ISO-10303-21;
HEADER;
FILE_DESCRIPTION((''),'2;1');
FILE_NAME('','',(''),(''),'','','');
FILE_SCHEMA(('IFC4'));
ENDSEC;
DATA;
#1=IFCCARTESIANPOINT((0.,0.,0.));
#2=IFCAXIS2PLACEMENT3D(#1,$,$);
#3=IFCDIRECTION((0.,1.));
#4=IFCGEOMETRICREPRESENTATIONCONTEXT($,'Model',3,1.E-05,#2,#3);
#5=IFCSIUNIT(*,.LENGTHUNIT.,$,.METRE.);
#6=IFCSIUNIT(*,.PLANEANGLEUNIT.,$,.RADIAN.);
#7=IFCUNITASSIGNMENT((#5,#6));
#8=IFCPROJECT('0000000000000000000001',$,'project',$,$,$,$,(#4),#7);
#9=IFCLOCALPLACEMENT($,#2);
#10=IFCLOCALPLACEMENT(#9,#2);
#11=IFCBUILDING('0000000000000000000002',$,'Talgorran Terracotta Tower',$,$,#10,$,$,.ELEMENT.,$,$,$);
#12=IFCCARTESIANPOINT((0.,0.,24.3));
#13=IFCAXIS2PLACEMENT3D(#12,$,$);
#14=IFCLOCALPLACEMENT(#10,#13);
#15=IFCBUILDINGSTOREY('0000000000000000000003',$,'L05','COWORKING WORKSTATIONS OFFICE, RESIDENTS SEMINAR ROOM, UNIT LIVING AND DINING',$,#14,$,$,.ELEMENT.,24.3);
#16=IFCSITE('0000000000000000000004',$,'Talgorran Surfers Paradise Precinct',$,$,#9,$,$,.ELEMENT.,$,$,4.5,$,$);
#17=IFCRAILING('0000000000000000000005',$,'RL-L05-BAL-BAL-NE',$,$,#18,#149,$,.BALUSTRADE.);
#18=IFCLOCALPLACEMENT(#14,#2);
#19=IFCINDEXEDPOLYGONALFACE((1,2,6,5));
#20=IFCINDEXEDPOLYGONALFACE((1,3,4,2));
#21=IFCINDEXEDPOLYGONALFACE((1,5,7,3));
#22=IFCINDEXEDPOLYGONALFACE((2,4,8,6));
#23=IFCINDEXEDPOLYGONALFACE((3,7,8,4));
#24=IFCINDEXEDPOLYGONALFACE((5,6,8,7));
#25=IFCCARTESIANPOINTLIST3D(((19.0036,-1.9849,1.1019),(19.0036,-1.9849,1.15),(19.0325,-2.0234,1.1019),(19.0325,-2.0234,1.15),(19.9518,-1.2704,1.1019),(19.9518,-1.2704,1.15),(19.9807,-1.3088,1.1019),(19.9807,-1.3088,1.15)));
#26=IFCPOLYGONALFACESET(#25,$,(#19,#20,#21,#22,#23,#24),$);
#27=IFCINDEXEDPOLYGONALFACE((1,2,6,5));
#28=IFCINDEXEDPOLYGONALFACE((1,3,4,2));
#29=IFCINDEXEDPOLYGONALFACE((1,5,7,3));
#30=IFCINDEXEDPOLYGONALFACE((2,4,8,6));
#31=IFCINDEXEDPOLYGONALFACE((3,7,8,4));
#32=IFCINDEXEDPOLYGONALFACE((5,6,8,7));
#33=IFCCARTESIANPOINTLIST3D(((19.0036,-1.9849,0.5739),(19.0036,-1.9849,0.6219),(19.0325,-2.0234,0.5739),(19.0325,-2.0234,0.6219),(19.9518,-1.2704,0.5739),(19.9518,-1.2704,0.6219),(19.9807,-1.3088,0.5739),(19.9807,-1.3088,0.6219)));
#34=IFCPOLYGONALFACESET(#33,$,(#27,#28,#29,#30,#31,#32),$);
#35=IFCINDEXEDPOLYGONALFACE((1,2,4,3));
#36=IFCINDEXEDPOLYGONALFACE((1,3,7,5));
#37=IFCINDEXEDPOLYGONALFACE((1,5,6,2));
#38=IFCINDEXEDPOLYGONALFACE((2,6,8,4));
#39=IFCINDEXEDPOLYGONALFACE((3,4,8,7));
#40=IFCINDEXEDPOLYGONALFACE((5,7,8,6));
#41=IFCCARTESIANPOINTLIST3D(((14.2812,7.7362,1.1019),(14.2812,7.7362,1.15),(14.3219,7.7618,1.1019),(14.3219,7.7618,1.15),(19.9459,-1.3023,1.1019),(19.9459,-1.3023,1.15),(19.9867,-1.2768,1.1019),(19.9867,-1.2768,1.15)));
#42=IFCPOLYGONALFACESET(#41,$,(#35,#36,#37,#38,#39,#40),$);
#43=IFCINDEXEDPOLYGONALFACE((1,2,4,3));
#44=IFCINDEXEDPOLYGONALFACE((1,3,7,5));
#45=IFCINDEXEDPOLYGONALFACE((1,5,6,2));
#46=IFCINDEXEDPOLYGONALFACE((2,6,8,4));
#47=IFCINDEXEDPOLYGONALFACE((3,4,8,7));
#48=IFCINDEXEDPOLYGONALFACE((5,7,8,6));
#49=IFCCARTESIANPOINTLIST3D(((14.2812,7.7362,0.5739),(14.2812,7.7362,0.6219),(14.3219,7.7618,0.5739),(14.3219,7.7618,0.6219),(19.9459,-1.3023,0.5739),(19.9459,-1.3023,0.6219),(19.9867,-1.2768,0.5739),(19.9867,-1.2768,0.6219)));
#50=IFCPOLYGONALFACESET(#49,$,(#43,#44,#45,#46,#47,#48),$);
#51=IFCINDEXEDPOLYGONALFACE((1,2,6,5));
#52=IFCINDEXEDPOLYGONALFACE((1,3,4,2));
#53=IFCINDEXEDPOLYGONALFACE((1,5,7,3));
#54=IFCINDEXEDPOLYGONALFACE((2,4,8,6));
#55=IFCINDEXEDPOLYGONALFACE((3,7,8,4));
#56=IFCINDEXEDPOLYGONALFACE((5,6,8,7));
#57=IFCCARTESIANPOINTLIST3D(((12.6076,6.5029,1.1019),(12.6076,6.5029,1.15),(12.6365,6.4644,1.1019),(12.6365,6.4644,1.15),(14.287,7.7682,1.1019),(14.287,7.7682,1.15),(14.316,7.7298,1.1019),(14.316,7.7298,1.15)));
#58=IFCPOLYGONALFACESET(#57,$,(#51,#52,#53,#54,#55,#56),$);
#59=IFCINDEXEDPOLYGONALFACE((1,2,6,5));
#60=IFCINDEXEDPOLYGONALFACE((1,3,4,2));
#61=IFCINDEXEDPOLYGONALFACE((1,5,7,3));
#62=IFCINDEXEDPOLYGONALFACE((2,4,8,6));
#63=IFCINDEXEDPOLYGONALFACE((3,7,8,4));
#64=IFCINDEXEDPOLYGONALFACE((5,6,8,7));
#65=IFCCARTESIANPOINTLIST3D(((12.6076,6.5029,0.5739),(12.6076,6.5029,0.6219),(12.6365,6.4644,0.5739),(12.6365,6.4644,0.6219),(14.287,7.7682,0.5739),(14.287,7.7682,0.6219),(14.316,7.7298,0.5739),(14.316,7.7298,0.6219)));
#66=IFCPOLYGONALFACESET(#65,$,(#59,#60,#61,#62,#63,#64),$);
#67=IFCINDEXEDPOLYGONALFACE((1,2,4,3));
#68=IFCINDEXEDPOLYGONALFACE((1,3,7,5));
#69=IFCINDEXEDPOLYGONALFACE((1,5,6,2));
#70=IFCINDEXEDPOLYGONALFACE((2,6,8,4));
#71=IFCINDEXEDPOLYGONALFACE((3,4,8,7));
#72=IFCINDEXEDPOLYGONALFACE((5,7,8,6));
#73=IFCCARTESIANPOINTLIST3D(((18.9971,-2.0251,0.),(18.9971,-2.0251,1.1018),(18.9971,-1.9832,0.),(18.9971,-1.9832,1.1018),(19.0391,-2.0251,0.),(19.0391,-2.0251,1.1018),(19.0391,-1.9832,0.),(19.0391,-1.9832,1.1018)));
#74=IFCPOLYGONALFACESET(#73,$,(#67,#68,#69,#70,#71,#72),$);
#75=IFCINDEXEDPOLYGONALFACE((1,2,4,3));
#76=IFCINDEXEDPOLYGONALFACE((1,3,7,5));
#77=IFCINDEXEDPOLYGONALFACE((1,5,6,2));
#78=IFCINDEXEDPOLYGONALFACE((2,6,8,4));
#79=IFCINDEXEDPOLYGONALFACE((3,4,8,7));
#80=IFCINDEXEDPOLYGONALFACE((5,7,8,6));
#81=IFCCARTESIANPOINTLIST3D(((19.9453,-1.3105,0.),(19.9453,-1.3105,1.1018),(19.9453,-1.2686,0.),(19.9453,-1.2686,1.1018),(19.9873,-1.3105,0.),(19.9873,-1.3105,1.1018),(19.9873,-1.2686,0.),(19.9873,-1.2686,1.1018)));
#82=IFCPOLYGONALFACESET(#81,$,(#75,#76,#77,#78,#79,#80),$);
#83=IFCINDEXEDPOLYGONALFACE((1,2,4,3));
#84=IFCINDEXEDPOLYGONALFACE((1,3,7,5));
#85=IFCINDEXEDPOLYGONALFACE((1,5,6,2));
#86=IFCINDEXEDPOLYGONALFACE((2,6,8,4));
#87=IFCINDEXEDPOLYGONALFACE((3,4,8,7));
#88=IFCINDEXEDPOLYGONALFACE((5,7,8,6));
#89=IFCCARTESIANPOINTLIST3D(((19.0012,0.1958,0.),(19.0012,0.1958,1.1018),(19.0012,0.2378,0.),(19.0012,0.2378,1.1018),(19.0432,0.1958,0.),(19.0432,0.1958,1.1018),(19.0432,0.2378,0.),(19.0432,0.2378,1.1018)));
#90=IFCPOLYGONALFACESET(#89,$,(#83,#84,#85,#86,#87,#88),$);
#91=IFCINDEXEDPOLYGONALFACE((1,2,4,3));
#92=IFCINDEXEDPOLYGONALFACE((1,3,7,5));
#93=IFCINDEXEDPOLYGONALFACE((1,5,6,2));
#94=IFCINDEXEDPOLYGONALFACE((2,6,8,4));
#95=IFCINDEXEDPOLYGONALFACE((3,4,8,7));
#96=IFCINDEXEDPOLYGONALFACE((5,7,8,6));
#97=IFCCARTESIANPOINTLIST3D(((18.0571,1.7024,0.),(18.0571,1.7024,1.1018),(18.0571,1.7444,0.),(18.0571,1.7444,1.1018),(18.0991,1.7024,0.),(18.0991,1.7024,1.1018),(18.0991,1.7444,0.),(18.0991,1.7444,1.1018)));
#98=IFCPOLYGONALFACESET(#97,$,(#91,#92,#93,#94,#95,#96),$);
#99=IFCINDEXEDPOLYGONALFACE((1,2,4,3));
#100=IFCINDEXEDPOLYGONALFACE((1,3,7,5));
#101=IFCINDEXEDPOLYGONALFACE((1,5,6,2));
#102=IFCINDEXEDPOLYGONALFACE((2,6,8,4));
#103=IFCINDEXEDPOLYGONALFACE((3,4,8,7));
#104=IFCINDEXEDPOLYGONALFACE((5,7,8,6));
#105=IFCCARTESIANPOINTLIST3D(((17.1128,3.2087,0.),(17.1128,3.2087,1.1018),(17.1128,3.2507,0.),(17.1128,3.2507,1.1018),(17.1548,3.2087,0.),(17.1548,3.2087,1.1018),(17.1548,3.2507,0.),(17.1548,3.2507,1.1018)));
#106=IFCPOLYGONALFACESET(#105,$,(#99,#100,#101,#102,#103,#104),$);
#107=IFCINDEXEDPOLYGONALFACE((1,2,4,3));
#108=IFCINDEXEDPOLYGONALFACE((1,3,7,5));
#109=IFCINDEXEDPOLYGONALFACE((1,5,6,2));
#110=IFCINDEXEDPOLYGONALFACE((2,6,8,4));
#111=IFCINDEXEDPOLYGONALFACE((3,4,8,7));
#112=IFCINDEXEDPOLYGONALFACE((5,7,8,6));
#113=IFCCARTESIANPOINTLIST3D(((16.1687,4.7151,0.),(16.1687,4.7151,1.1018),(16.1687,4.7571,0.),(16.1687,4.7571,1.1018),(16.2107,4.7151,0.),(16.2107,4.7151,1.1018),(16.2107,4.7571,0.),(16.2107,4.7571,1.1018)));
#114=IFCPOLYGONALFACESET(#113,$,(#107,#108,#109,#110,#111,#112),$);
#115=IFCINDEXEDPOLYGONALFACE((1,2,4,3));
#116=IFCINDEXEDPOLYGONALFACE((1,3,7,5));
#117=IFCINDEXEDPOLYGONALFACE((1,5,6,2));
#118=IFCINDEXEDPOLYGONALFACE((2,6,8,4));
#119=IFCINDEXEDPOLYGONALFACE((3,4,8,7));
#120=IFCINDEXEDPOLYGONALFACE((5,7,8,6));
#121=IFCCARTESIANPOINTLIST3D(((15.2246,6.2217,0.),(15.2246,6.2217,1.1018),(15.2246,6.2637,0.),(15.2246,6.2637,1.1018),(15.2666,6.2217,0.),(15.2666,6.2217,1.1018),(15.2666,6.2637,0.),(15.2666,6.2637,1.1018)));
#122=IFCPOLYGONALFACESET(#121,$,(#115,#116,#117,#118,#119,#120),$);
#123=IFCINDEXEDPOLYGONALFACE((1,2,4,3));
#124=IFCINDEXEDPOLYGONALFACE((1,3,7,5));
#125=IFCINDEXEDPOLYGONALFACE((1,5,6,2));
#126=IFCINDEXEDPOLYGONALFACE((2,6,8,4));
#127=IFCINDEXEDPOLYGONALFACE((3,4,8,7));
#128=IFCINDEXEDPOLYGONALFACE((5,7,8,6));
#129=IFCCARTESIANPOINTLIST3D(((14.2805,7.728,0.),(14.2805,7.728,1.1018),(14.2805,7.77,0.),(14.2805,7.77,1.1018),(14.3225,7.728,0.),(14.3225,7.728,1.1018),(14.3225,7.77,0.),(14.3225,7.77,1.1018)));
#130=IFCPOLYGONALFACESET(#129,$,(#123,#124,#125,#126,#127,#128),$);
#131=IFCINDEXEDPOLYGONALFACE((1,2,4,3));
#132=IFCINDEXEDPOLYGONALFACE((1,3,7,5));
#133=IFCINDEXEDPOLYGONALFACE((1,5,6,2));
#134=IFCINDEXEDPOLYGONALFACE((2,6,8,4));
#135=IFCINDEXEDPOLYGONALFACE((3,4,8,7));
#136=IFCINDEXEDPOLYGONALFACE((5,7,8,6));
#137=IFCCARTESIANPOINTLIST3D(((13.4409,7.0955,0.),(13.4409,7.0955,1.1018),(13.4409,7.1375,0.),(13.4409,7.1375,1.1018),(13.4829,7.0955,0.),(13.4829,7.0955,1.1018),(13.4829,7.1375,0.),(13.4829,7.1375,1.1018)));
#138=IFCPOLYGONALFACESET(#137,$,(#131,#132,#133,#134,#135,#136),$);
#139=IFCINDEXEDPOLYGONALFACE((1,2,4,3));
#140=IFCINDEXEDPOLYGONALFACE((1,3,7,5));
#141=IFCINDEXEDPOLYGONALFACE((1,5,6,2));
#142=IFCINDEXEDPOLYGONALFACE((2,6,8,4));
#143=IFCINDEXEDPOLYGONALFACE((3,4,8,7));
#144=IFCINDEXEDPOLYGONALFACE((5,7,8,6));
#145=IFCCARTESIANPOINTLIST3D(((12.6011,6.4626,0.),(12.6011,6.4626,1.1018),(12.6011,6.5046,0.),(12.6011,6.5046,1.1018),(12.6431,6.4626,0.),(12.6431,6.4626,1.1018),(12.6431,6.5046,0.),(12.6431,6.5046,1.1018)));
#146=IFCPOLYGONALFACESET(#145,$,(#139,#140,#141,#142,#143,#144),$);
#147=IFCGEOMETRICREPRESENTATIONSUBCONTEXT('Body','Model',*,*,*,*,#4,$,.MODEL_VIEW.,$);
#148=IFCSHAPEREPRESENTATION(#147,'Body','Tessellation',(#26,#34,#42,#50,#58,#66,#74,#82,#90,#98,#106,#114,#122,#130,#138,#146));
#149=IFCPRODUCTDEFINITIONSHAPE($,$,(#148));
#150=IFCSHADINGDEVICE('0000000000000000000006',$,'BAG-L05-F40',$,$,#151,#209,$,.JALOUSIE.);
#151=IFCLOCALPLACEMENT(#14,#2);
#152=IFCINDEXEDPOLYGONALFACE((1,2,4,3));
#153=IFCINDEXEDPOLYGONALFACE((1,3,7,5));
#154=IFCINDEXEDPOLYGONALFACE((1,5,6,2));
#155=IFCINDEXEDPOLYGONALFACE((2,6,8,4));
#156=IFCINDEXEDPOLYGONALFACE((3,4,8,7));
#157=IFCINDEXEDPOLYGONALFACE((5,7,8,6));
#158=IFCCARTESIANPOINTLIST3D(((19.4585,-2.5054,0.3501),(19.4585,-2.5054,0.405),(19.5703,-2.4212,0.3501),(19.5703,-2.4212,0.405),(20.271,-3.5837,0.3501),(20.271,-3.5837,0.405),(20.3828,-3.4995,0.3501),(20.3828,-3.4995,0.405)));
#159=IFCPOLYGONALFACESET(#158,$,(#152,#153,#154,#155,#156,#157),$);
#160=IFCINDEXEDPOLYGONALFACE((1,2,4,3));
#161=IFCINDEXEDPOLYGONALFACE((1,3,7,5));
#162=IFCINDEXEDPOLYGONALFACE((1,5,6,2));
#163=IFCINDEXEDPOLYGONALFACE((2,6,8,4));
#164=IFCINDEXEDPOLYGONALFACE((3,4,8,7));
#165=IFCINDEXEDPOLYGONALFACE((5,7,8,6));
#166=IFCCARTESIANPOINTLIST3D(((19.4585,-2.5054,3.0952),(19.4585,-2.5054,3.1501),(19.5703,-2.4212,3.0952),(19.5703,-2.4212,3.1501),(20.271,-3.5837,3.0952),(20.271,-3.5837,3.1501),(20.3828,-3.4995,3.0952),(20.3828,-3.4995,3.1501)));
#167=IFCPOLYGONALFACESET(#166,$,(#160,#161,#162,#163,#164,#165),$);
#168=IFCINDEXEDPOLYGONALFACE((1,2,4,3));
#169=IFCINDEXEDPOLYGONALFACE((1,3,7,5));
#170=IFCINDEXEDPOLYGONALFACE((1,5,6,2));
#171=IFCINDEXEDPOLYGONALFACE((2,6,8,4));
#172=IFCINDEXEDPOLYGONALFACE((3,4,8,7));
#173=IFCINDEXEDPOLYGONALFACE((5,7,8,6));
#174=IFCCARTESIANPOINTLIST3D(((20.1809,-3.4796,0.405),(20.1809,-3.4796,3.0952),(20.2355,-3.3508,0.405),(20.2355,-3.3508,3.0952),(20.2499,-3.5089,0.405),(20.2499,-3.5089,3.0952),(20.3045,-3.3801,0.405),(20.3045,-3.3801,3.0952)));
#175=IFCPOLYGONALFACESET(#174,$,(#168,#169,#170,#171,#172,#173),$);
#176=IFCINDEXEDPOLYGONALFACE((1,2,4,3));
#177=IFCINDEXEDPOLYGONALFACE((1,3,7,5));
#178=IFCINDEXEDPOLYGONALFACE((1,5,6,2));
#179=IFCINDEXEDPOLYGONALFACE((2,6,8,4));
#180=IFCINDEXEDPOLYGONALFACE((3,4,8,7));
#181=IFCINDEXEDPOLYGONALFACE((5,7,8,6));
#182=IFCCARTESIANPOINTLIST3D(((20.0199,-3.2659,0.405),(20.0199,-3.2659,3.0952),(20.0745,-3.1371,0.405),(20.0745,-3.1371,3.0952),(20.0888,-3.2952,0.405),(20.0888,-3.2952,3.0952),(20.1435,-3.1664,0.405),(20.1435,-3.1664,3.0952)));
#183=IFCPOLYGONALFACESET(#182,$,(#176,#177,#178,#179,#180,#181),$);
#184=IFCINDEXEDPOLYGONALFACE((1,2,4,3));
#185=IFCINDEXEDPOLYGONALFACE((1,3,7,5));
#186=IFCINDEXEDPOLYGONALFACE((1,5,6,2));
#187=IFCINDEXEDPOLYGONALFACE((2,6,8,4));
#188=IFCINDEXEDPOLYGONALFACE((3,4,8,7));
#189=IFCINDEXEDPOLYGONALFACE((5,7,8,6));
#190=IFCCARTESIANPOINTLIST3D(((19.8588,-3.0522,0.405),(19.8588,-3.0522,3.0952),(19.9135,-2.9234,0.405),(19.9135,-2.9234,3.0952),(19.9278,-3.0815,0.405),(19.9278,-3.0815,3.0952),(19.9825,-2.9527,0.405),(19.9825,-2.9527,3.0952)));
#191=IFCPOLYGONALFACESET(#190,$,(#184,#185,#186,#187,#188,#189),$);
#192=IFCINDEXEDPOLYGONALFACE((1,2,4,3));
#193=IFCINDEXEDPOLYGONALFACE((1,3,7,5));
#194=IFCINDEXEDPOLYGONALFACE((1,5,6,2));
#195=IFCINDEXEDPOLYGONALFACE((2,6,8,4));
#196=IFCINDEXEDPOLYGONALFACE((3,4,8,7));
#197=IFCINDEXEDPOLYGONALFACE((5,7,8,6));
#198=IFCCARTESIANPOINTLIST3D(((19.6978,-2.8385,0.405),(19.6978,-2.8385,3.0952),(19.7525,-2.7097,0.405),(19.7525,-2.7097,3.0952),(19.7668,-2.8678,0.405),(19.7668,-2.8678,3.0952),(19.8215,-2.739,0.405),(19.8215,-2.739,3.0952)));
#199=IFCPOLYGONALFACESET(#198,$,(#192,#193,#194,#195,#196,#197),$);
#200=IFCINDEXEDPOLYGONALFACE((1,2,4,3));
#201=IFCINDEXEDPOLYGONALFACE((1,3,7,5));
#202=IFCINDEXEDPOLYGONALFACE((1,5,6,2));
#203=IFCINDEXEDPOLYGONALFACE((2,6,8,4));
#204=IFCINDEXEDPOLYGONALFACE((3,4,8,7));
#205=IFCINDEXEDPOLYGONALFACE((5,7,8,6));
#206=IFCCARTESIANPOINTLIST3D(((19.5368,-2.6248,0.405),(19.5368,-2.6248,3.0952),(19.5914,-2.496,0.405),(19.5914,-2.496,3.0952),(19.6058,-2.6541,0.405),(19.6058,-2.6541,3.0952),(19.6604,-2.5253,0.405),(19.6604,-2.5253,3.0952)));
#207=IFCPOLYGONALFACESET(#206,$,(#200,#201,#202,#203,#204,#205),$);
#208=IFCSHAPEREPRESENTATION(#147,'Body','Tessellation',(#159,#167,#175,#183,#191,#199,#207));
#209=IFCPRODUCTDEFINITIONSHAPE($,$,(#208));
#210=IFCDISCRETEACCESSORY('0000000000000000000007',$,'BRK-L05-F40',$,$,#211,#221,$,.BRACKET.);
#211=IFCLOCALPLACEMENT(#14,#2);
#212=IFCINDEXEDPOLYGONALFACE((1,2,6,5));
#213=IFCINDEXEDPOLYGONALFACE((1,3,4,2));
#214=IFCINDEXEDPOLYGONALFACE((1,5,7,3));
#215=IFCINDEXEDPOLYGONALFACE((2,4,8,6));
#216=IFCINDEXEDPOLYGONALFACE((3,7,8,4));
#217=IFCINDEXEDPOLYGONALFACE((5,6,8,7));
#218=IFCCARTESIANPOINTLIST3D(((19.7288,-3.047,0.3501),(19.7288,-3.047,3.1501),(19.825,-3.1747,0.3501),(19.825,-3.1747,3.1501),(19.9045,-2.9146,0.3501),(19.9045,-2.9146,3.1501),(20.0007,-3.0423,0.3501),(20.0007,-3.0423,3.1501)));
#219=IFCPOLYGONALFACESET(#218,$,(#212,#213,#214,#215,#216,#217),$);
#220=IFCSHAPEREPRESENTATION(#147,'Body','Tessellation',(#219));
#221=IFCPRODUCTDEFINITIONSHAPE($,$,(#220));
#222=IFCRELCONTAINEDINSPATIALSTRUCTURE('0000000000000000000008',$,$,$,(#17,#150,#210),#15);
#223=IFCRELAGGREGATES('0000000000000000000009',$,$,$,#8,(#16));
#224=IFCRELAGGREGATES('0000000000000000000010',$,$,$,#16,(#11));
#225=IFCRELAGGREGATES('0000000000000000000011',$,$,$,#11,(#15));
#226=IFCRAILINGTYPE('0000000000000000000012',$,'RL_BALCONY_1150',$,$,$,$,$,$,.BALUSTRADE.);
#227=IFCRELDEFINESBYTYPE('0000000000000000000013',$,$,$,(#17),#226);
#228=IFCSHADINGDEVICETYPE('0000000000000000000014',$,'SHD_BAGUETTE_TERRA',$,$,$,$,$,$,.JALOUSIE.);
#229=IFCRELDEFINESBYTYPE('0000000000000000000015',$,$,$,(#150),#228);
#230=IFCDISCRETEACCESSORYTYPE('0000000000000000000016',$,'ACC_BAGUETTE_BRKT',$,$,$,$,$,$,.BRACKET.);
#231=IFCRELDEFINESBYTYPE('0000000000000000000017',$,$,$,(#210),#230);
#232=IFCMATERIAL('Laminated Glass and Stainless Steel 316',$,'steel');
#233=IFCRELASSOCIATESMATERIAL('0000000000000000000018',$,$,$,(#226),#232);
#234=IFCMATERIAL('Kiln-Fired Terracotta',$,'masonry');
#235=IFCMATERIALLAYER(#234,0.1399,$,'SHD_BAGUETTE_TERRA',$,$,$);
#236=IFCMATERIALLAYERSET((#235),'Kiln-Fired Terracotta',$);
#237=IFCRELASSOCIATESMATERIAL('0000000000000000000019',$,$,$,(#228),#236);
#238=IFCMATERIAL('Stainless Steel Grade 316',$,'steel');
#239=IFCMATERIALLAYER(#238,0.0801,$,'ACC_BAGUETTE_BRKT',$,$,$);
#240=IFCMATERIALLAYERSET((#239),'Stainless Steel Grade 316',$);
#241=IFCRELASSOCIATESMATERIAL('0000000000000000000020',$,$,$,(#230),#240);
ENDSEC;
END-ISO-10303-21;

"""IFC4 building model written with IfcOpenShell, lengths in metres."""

from ifc_helpers import new_model, si_unit, direction, frame, origin, origin_2d, place, context, subcontext, project, spatial, rectangle, extrude, source, transform, mapped, material, layer, layer_set, type_object, type_shapes, element, save


model = new_model("IFC4")

# Units and contexts
model_context = context("Model", 3, precision=1e-05, world=origin(), true_north=direction((0.0, 1.0)))
body_context = subcontext(model_context, "Body", "Model", "MODEL_VIEW")
ifc_project = project(units=[si_unit("LENGTHUNIT", "METRE"), si_unit("PLANEANGLEUNIT", "RADIAN")], contexts=[model_context])

# Site, building, storey
site_placement = place(None, origin())
site = spatial("IfcSite", under=ifc_project, at=site_placement, Name="Talgorran Surfers Paradise Precinct", CompositionType="ELEMENT", RefElevation=4.5)
building_placement = place(site_placement, origin())
building = spatial("IfcBuilding", under=site, at=building_placement, Name="Talgorran Terracotta Tower", CompositionType="ELEMENT")
storey_placement = place(building_placement, frame((0.0, 0.0, 24.3)))
storey = spatial("IfcBuildingStorey", under=building, at=storey_placement, Name="L05", Description="COWORKING WORKSTATIONS OFFICE, RESIDENTS SEMINAR ROOM, UNIT LIVING AND DINING", CompositionType="ELEMENT", Elevation=24.3)

# Railing
ifc_material_1 = material(Name="Laminated Glass and Stainless Steel 316", Category="steel")
railing_type = type_object("IfcRailingType", Name="RL_BALCONY_1150", PredefinedType="BALUSTRADE", material=ifc_material_1)
railing_placement = place(storey_placement, frame((19.0181, -2.0042, 0.0)))
element("IfcRailing", 1, at=railing_placement, inside=storey, type_object=railing_type, Name="RL-L05-BAL-BAL-NE", PredefinedType="BALUSTRADE", context=body_context, shape_type="SweptSolid", body=[
    extrude(rectangle(XDim=0.0481, YDim=0.0481, at=origin_2d()), frame((0.0, 0.0, 1.126), z_axis=(0.798616, 0.601841, 0.0), x_axis=(-0.601841, 0.798616, 0.0)), (0.0, 0.0, 1.0), 1.1873),
    extrude(rectangle(XDim=0.0481, YDim=0.0481, at=origin_2d()), frame((0.0, 0.0, 0.5979), z_axis=(0.798616, 0.601841, 0.0), x_axis=(-0.601841, 0.798616, 0.0)), (0.0, 0.0, 1.0), 1.1873),
    extrude(rectangle(XDim=0.0481, YDim=0.0481, at=origin_2d()), frame((0.9482, 0.7146, 1.126), z_axis=(-0.531056, 0.847337, 0.0), x_axis=(-0.847337, -0.531056, 0.0)), (0.0, 0.0, 1.0), 10.667),
    extrude(rectangle(XDim=0.0481, YDim=0.0481, at=origin_2d()), frame((0.9482, 0.7146, 0.5979), z_axis=(-0.531056, 0.847337, 0.0), x_axis=(-0.847337, -0.531056, 0.0)), (0.0, 0.0, 1.0), 10.667),
    extrude(rectangle(XDim=0.0481, YDim=0.0481, at=origin_2d()), frame((-4.7166, 9.7532, 1.126), z_axis=(-0.798674, -0.601763, 0.0), x_axis=(0.601763, -0.798674, 0.0)), (0.0, 0.0, 1.0), 2.1028),
    extrude(rectangle(XDim=0.0481, YDim=0.0481, at=origin_2d()), frame((-4.7166, 9.7532, 0.5979), z_axis=(-0.798674, -0.601763, 0.0), x_axis=(0.601763, -0.798674, 0.0)), (0.0, 0.0, 1.0), 2.1028),
    extrude(rectangle(XDim=0.042, YDim=0.042, at=origin_2d()), origin(), (0.0, 0.0, 1.0), 1.1018),
    extrude(rectangle(XDim=0.042, YDim=0.042, at=origin_2d()), frame((0.9482, 0.7146, 0.0)), (0.0, 0.0, 1.0), 1.1018),
    extrude(rectangle(XDim=0.042, YDim=0.042, at=origin_2d()), frame((0.0042, 2.2209, 0.0)), (0.0, 0.0, 1.0), 1.1018),
    extrude(rectangle(XDim=0.042, YDim=0.042, at=origin_2d()), frame((-0.9399, 3.7275, 0.0)), (0.0, 0.0, 1.0), 1.1018),
    extrude(rectangle(XDim=0.042, YDim=0.042, at=origin_2d()), frame((-1.8843, 5.2339, 0.0)), (0.0, 0.0, 1.0), 1.1018),
    extrude(rectangle(XDim=0.042, YDim=0.042, at=origin_2d()), frame((-2.8284, 6.7402, 0.0)), (0.0, 0.0, 1.0), 1.1018),
    extrude(rectangle(XDim=0.042, YDim=0.042, at=origin_2d()), frame((-3.7725, 8.2468, 0.0)), (0.0, 0.0, 1.0), 1.1018),
    extrude(rectangle(XDim=0.042, YDim=0.042, at=origin_2d()), frame((-4.7166, 9.7532, 0.0)), (0.0, 0.0, 1.0), 1.1018),
    extrude(rectangle(XDim=0.042, YDim=0.042, at=origin_2d()), frame((-5.5562, 9.1206, 0.0)), (0.0, 0.0, 1.0), 1.1018),
    extrude(rectangle(XDim=0.042, YDim=0.042, at=origin_2d()), frame((-6.396, 8.4878, 0.0)), (0.0, 0.0, 1.0), 1.1018),
])

# Shading device
ifc_material_2 = material(Name="Kiln-Fired Terracotta", Category="masonry")
ifc_layer_1 = layer(ifc_material_2, 0.1399, Name="SHD_BAGUETTE_TERRA")
ifc_layer_set_1 = layer_set([ifc_layer_1], Name="Kiln-Fired Terracotta")
shading_device_type = type_object("IfcShadingDeviceType", Name="SHD_BAGUETTE_TERRA", PredefinedType="JALOUSIE", material=ifc_layer_set_1)
shared_shape_1 = source(origin(), body_context, "Body", "SweptSolid", [
    extrude(rectangle(XDim=1.3501, YDim=0.1399, at=origin_2d()), origin(), (0.0, 0.0, 1.0), 0.0549),
    extrude(rectangle(XDim=1.3501, YDim=0.1399, at=origin_2d()), frame((0.0, 0.0, 2.7451)), (0.0, 0.0, 1.0), 0.0549),
    extrude(rectangle(XDim=0.075, YDim=0.1399, at=origin_2d()), frame((-0.5352, 0.0, 0.0549), z_axis=(0.0, 0.0, 1.0), x_axis=(0.866025, 0.5, 0.0)), (0.0, 0.0, 1.0), 2.6902),
    extrude(rectangle(XDim=0.075, YDim=0.1399, at=origin_2d()), frame((-0.2676, 0.0, 0.0549), z_axis=(0.0, 0.0, 1.0), x_axis=(0.866025, 0.5, 0.0)), (0.0, 0.0, 1.0), 2.6902),
    extrude(rectangle(XDim=0.075, YDim=0.1399, at=origin_2d()), frame((0.0, 0.0, 0.0549), z_axis=(0.0, 0.0, 1.0), x_axis=(0.866025, 0.5, 0.0)), (0.0, 0.0, 1.0), 2.6902),
    extrude(rectangle(XDim=0.075, YDim=0.1399, at=origin_2d()), frame((0.2676, 0.0, 0.0549), z_axis=(0.0, 0.0, 1.0), x_axis=(0.866025, 0.5, 0.0)), (0.0, 0.0, 1.0), 2.6902),
    extrude(rectangle(XDim=0.075, YDim=0.1399, at=origin_2d()), frame((0.5352, 0.0, 0.0549), z_axis=(0.0, 0.0, 1.0), x_axis=(0.866025, 0.5, 0.0)), (0.0, 0.0, 1.0), 2.6902),
])
type_shapes(shading_device_type, [shared_shape_1])
shading_device_placement = place(storey_placement, frame((19.9207, -3.0024, 0.3501), z_axis=(0.0, 0.0, 1.0), x_axis=(-0.601801, 0.798646, 0.0)))
element("IfcShadingDevice", 2, at=shading_device_placement, inside=storey, type_object=shading_device_type, Name="BAG-L05-F40", PredefinedType="JALOUSIE", context=body_context, shape_type="MappedRepresentation", body=[
    mapped(shared_shape_1, transform((0.0, 0.0, 0.0), scale=1.0)),
])

# Discrete accessory
ifc_material_3 = material(Name="Stainless Steel Grade 316", Category="steel")
ifc_layer_2 = layer(ifc_material_3, 0.0801, Name="ACC_BAGUETTE_BRKT")
ifc_layer_set_2 = layer_set([ifc_layer_2], Name="Stainless Steel Grade 316")
discrete_accessory_type = type_object("IfcDiscreteAccessoryType", Name="ACC_BAGUETTE_BRKT", PredefinedType="BRACKET", material=ifc_layer_set_2)
shared_shape_2 = source(origin(), body_context, "Body", "SweptSolid", [
    extrude(rectangle(XDim=0.1599, YDim=0.22, at=origin_2d()), origin(), (0.0, 0.0, 1.0), 2.8),
])
type_shapes(discrete_accessory_type, [shared_shape_2])
discrete_accessory_placement = place(storey_placement, frame((19.8647, -3.0447, 0.3501), z_axis=(0.0, 0.0, 1.0), x_axis=(-0.601801, 0.798646, 0.0)))
element("IfcDiscreteAccessory", 3, at=discrete_accessory_placement, inside=storey, type_object=discrete_accessory_type, Name="BRK-L05-F40", PredefinedType="BRACKET", context=body_context, shape_type="MappedRepresentation", body=[
    mapped(shared_shape_2, transform((0.0, 0.0, 0.0), scale=1.0)),
])

save(model, "model.ifc")
